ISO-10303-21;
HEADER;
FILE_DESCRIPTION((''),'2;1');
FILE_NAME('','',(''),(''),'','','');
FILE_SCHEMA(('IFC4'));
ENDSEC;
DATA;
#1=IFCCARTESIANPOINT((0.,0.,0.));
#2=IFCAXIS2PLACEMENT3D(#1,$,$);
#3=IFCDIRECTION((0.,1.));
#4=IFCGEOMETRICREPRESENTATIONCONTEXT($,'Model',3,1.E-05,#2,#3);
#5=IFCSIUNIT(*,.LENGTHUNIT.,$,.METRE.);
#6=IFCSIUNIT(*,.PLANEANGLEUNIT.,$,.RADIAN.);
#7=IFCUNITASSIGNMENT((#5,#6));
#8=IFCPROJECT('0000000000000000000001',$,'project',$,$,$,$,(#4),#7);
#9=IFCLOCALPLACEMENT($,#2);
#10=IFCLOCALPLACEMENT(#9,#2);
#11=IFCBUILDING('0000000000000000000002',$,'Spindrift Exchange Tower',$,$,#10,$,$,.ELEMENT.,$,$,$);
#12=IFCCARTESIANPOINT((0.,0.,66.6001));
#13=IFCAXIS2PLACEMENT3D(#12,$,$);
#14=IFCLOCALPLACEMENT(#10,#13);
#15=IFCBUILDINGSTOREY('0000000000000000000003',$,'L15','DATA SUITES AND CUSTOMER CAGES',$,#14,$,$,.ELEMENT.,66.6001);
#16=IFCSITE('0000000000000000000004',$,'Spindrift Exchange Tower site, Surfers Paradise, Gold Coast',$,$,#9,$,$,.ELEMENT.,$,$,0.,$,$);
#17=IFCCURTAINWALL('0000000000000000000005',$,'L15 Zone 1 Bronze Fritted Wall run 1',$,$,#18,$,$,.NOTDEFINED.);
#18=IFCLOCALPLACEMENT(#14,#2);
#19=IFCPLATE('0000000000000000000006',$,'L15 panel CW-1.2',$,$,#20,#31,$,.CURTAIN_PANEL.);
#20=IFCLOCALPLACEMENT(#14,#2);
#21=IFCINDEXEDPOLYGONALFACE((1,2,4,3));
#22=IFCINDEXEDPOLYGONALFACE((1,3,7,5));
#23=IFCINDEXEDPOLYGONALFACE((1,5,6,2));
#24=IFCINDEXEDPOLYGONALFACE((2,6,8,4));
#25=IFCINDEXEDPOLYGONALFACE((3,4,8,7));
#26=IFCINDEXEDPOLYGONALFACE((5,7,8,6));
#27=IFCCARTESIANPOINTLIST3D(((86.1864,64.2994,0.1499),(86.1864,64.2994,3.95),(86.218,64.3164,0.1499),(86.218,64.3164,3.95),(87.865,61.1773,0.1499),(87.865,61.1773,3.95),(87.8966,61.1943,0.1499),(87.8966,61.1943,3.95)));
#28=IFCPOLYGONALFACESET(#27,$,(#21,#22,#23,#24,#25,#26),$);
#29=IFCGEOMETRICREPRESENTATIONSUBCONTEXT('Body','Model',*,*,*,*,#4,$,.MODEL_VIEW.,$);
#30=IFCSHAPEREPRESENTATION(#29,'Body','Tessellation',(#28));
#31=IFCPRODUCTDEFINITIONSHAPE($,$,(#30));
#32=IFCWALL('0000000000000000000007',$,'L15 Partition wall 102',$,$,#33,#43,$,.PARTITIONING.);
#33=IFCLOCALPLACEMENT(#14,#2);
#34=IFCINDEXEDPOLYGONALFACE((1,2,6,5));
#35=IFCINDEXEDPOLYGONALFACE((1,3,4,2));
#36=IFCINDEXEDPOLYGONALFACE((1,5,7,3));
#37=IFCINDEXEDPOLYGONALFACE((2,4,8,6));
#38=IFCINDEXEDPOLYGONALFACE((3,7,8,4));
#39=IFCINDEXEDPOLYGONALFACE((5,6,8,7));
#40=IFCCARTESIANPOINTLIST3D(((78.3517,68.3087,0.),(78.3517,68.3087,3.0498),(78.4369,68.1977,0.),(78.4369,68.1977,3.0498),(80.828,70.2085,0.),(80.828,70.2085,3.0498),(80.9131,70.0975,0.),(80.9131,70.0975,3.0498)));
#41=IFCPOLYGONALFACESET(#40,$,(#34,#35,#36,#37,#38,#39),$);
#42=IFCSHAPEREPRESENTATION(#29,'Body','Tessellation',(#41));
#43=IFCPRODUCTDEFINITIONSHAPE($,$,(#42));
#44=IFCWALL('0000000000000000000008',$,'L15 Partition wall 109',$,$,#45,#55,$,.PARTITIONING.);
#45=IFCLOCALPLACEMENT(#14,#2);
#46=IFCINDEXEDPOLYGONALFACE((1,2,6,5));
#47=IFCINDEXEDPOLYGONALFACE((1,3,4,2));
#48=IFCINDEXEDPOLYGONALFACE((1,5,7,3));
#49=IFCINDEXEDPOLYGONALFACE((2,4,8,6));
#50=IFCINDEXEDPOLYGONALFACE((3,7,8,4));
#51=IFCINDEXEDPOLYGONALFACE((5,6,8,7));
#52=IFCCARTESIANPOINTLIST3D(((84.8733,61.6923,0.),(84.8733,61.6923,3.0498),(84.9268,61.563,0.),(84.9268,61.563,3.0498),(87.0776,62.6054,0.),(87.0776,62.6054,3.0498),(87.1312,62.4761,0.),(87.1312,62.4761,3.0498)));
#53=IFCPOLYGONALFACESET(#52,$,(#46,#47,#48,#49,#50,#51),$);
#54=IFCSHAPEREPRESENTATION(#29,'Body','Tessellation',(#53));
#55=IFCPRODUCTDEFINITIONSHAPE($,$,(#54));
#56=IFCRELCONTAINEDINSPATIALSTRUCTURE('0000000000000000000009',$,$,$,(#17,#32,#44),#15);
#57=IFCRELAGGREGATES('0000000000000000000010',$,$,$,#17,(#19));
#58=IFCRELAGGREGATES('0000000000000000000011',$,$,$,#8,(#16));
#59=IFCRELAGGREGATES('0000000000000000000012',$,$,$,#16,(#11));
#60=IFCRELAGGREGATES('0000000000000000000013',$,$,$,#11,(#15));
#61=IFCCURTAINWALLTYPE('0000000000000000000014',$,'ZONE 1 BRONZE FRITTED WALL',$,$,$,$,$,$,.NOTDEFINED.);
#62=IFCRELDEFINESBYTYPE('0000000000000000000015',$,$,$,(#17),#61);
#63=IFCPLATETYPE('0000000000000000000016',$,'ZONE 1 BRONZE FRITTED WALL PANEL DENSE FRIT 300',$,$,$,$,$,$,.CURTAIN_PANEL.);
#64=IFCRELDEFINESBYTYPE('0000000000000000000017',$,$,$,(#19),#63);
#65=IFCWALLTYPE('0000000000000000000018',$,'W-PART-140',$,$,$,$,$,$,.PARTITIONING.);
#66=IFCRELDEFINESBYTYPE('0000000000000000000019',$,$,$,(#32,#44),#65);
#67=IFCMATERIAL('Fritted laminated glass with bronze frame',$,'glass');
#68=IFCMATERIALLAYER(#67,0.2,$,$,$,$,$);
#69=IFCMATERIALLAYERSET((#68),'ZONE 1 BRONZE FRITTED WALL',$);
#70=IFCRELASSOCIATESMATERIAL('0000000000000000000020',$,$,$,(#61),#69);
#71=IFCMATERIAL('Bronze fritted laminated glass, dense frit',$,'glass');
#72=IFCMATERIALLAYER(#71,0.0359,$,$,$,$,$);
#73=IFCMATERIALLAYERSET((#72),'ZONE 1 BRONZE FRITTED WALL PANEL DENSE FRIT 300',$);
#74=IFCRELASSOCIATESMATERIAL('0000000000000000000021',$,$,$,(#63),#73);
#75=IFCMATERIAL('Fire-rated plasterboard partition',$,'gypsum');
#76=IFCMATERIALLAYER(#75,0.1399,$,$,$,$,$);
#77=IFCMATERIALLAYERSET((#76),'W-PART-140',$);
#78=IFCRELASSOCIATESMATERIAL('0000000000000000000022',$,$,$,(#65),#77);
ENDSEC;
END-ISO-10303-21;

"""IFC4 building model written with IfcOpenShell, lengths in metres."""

from ifc_helpers import new_model, si_unit, direction, frame, frame_2d, origin, origin_2d, place, context, subcontext, project, spatial, rectangle, extrude, source, transform, mapped, material, layer, layer_set, type_object, element, aggregate, save


model = new_model("IFC4")

# Units and contexts
model_context = context("Model", 3, precision=1e-05, world=origin(), true_north=direction((0.0, 1.0)))
body_context = subcontext(model_context, "Body", "Model", "MODEL_VIEW")
ifc_project = project(units=[si_unit("LENGTHUNIT", "METRE"), si_unit("PLANEANGLEUNIT", "RADIAN")], contexts=[model_context])

# Site, building, storey
site_placement = place(None, origin())
site = spatial("IfcSite", under=ifc_project, at=site_placement, Name="Spindrift Exchange Tower site, Surfers Paradise, Gold Coast", CompositionType="ELEMENT", RefElevation=0.0)
building_placement = place(site_placement, origin())
building = spatial("IfcBuilding", under=site, at=building_placement, Name="Spindrift Exchange Tower", CompositionType="ELEMENT")
storey_placement = place(building_placement, frame((0.0, 0.0, 66.6001)))
storey = spatial("IfcBuildingStorey", under=building, at=storey_placement, Name="L15", Description="DATA SUITES AND CUSTOMER CAGES", CompositionType="ELEMENT", Elevation=66.6001)

# Curtain wall
ifc_material_1 = material(Name="Fritted laminated glass with bronze frame", Category="glass")
ifc_layer_1 = layer(ifc_material_1, 0.2)
ifc_layer_set_1 = layer_set([ifc_layer_1], Name="ZONE 1 BRONZE FRITTED WALL")
curtain_wall_type = type_object("IfcCurtainWallType", Name="ZONE 1 BRONZE FRITTED WALL", PredefinedType="NOTDEFINED", material=ifc_layer_set_1)
curtain_wall_1_placement = place(storey_placement, origin())
curtain_wall_1 = element("IfcCurtainWall", 1, at=curtain_wall_1_placement, inside=storey, type_object=curtain_wall_type, Name="L15 Zone 1 Bronze Fritted Wall run 1", PredefinedType="NOTDEFINED")

# Plate
ifc_material_2 = material(Name="Bronze fritted laminated glass, dense frit", Category="glass")
ifc_layer_2 = layer(ifc_material_2, 0.0359)
ifc_layer_set_2 = layer_set([ifc_layer_2], Name="ZONE 1 BRONZE FRITTED WALL PANEL DENSE FRIT 300")
plate_type_1 = type_object("IfcPlateType", Name="ZONE 1 BRONZE FRITTED WALL PANEL DENSE FRIT 300", PredefinedType="CURTAIN_PANEL", material=ifc_layer_set_2)
shared_shape_1 = source(origin(), body_context, "Body", "SweptSolid", [
    extrude(rectangle(XDim=3.5447, YDim=0.0359, at=origin_2d()), origin(), (0.0, 0.0, 1.0), 3.8),
])
plate_1_placement = place(storey_placement, frame((87.0415, 62.7468, 0.1499), z_axis=(0.0, 0.0, 1.0), x_axis=(-0.473535, 0.880775, 0.0)))
plate_1 = element("IfcPlate", 2, at=plate_1_placement, type_object=plate_type_1, Name="L15 panel CW-1.2", PredefinedType="CURTAIN_PANEL", context=body_context, shape_type="MappedRepresentation", body=[
    mapped(shared_shape_1, transform((0.0, 0.0, 0.0), scale=1.0)),
])
aggregate(curtain_wall_1, [plate_1])

# Walls
ifc_material_3 = material(Name="Fire-rated plasterboard partition", Category="gypsum")
ifc_layer_3 = layer(ifc_material_3, 0.1399)
ifc_layer_set_3 = layer_set([ifc_layer_3], Name="W-PART-140")
wall_type = type_object("IfcWallType", Name="W-PART-140", PredefinedType="PARTITIONING", material=ifc_layer_set_3)
wall_1_placement = place(storey_placement, frame((78.3943, 68.2532, 0.0), z_axis=(0.0, 0.0, 1.0), x_axis=(0.793391, 0.608712, 0.0)))
element("IfcWall", 3, at=wall_1_placement, inside=storey, type_object=wall_type, Name="L15 Partition wall 102", PredefinedType="PARTITIONING", context=body_context, shape_type="SweptSolid", body=[
    extrude(rectangle(XDim=3.1211, YDim=0.1399, at=frame_2d((1.5605, 0.0))), origin(), (0.0, 0.0, 1.0), 3.0498),
])
wall_2_placement = place(storey_placement, frame((84.9001, 61.6277, 0.0), z_axis=(0.0, 0.0, 1.0), x_axis=(0.923877, 0.382689, 0.0)))
element("IfcWall", 4, at=wall_2_placement, inside=storey, type_object=wall_type, Name="L15 Partition wall 109", PredefinedType="PARTITIONING", context=body_context, shape_type="SweptSolid", body=[
    extrude(rectangle(XDim=2.386, YDim=0.1399, at=frame_2d((1.1929, 0.0))), origin(), (0.0, 0.0, 1.0), 3.0498),
])

save(model, "model.ifc")
